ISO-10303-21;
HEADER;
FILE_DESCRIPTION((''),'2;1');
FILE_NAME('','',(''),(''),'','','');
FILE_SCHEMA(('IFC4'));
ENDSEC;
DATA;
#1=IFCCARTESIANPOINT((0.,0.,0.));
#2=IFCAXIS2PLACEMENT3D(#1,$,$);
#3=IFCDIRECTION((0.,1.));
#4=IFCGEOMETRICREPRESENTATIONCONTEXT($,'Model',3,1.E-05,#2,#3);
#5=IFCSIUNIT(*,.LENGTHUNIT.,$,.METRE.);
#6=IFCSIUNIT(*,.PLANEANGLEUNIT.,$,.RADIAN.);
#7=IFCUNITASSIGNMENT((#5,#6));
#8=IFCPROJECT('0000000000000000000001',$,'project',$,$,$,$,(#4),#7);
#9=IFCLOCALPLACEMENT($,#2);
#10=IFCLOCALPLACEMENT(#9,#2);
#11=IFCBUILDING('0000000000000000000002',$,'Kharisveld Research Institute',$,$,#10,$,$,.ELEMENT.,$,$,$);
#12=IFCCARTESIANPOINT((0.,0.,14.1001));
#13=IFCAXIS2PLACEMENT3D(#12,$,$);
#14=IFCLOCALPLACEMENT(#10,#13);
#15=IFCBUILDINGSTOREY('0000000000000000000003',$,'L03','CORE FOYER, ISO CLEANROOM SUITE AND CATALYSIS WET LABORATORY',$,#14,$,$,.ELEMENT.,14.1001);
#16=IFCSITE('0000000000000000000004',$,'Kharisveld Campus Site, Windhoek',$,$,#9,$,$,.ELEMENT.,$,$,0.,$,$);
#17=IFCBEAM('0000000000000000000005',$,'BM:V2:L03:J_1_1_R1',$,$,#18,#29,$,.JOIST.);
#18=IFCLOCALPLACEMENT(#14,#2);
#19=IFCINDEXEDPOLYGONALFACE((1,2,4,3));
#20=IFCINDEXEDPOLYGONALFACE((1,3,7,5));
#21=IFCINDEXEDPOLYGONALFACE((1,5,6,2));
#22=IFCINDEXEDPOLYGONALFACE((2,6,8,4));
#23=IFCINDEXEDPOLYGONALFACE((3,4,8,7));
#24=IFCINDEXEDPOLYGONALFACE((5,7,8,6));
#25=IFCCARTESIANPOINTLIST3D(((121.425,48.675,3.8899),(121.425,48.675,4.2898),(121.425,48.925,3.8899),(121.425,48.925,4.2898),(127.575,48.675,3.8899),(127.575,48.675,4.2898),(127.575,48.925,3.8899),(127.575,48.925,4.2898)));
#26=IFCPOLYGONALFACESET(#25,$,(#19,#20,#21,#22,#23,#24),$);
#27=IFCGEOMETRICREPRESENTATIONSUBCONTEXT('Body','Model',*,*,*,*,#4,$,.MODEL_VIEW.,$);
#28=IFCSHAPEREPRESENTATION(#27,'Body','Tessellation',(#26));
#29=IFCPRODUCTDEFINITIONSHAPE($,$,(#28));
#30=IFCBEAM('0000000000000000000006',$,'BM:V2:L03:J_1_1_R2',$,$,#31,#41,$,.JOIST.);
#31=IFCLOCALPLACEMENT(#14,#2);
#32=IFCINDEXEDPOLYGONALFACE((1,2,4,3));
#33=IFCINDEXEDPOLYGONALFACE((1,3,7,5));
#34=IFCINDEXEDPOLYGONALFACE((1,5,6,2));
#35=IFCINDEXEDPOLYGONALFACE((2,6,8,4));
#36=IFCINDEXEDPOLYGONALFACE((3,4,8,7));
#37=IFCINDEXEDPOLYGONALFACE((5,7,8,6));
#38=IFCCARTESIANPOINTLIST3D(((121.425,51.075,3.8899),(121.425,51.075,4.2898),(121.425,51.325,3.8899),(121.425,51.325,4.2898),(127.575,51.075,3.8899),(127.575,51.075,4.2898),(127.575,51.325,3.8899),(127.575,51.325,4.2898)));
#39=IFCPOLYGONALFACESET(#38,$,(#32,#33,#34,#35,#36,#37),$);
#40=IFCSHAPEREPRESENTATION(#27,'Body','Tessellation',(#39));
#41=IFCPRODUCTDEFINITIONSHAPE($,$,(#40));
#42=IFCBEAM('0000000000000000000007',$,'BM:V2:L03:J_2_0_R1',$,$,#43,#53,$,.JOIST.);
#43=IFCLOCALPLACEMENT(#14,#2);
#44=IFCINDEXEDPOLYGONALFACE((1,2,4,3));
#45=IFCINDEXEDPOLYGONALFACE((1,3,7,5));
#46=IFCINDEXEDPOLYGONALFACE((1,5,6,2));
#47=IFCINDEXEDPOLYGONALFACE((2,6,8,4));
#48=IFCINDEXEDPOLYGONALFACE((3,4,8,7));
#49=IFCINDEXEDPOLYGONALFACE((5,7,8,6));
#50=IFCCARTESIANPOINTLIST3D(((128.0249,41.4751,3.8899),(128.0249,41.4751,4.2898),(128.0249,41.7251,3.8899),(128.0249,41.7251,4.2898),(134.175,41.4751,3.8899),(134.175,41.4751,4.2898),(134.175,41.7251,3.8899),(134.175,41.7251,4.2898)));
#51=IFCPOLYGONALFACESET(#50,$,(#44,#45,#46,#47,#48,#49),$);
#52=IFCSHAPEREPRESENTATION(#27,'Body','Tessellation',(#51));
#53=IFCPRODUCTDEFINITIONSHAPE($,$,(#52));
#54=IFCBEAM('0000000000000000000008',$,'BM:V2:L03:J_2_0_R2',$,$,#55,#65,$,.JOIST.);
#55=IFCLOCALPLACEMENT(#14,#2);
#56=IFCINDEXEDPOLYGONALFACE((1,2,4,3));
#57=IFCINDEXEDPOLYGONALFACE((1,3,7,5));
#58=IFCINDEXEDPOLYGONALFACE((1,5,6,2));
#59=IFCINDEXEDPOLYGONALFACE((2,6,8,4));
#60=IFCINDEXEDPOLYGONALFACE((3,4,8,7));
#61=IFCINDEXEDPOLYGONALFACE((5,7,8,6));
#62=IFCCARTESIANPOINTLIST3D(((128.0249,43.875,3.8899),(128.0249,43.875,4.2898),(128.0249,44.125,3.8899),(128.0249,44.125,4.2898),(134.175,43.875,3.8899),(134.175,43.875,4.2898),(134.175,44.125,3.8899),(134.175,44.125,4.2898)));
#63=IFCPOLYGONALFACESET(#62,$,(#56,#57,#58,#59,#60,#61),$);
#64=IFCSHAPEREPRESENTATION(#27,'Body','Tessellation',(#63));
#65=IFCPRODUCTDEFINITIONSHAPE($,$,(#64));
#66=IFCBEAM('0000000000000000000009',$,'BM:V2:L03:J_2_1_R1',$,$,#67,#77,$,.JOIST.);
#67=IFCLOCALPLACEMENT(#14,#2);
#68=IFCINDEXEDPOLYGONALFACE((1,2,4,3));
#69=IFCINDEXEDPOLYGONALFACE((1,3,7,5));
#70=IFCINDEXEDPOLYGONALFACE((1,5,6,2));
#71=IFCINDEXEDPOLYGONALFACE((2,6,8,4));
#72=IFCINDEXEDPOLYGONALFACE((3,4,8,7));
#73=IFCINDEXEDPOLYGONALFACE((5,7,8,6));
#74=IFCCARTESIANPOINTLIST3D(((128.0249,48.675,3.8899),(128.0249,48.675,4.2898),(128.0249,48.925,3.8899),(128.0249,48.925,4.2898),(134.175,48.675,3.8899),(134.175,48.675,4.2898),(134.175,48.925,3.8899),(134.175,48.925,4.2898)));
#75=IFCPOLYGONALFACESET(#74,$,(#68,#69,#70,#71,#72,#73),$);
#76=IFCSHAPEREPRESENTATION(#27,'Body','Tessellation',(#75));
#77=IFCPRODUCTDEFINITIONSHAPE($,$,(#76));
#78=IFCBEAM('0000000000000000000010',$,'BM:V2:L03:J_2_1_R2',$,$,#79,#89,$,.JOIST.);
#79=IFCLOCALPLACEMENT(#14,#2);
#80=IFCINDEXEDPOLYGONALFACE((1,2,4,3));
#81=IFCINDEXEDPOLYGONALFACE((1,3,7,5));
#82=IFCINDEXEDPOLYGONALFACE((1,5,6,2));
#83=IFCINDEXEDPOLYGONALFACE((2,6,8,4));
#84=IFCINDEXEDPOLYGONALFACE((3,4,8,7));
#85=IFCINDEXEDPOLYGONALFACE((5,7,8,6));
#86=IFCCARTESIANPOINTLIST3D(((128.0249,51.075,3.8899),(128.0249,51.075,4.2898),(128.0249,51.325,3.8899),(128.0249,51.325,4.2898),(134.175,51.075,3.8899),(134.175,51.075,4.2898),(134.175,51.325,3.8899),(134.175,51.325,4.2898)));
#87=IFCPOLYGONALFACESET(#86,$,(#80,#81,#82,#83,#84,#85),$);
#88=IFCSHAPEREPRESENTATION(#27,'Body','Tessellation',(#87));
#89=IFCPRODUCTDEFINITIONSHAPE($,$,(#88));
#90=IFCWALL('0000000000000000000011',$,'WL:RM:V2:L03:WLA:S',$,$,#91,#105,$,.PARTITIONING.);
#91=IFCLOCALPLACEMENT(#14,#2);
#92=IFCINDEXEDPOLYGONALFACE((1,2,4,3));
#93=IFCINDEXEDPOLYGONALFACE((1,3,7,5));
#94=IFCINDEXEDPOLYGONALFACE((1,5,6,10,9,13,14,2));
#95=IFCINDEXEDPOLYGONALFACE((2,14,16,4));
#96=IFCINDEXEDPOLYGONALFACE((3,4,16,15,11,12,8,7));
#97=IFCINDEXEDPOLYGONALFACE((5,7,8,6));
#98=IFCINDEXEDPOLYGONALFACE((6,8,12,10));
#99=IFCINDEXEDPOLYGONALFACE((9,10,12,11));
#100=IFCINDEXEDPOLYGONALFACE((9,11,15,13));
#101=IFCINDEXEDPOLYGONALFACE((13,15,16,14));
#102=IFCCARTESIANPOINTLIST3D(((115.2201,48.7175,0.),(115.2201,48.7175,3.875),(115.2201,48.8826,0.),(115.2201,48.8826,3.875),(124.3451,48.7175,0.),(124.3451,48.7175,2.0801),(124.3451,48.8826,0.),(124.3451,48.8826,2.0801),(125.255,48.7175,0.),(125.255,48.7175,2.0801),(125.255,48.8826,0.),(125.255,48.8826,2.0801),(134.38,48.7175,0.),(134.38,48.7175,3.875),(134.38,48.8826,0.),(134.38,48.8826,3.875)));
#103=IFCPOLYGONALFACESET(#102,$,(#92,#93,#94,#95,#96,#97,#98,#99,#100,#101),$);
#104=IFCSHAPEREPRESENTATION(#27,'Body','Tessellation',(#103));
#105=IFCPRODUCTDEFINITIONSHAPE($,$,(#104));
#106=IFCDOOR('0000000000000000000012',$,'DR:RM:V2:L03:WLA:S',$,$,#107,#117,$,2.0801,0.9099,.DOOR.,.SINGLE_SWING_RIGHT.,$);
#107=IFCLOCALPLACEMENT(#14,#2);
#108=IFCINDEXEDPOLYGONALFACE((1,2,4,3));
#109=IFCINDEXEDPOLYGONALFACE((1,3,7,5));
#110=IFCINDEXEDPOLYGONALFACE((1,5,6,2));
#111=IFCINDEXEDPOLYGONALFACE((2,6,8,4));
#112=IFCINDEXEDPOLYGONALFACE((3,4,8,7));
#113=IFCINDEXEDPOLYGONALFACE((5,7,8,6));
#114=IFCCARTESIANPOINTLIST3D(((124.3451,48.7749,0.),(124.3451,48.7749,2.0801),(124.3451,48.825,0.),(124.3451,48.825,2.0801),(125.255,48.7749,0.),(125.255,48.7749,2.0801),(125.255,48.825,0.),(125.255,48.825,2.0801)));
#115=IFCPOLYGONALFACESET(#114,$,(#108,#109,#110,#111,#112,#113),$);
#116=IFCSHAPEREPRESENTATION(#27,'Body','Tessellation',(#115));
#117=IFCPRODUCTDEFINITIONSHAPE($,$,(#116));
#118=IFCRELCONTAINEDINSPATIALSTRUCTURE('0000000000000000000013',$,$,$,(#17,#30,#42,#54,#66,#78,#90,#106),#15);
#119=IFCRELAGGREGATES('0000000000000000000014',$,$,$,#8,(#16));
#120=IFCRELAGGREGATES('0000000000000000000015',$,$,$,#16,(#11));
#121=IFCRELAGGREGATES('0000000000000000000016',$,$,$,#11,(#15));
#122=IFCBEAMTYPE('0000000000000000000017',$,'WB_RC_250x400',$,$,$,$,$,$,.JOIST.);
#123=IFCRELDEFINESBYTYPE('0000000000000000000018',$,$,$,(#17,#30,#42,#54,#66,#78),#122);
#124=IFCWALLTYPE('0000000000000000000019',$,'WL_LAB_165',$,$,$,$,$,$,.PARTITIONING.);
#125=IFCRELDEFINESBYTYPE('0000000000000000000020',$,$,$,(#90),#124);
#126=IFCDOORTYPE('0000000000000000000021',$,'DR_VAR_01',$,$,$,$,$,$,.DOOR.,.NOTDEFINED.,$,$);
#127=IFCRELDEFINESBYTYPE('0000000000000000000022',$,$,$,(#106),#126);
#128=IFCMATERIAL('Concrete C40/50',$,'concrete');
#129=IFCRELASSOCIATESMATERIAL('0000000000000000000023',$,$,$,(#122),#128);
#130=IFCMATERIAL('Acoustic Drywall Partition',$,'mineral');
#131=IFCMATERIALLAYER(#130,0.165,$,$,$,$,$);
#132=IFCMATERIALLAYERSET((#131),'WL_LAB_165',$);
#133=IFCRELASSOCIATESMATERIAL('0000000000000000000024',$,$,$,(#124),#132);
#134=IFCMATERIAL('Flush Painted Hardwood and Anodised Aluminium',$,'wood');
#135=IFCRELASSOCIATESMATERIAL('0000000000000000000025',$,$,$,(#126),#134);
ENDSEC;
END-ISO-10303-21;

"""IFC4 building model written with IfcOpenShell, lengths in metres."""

from ifc_helpers import new_model, si_unit, direction, frame, frame_2d, origin, origin_2d, place, context, subcontext, project, spatial, rectangle, extrude, material, layer, layer_set, material_profile, profile_set, type_object, element, fill, save


model = new_model("IFC4")

# Units and contexts
model_context = context("Model", 3, precision=1e-05, world=origin(), true_north=direction((0.0, 1.0)))
body_context = subcontext(model_context, "Body", "Model", "MODEL_VIEW")
ifc_project = project(units=[si_unit("LENGTHUNIT", "METRE"), si_unit("PLANEANGLEUNIT", "RADIAN")], contexts=[model_context])

# Site, building, storey
site_placement = place(None, origin())
site = spatial("IfcSite", under=ifc_project, at=site_placement, Name="Kharisveld Campus Site, Windhoek", CompositionType="ELEMENT", RefElevation=0.0)
building_placement = place(site_placement, origin())
building = spatial("IfcBuilding", under=site, at=building_placement, Name="Kharisveld Research Institute", CompositionType="ELEMENT")
storey_placement = place(building_placement, frame((0.0, 0.0, 14.1001)))
storey = spatial("IfcBuildingStorey", under=building, at=storey_placement, Name="L03", Description="CORE FOYER, ISO CLEANROOM SUITE AND CATALYSIS WET LABORATORY", CompositionType="ELEMENT", Elevation=14.1001)

# Beams
ifc_material_1 = material(Name="Concrete C40/50", Category="concrete")
ifc_material_profile_1 = material_profile(ifc_material_1, rectangle(XDim=0.25, YDim=0.3999, at=origin_2d()))
ifc_profile_set_1 = profile_set([ifc_material_profile_1], Name="Concrete C40/50")
beam_type_1 = type_object("IfcBeamType", Name="WB_RC_250x400", PredefinedType="JOIST", material=ifc_profile_set_1)
for number, where, z_axis, x_axis, name in (
    (1, (121.425, 48.8, 4.0898), (1.0, 0.0, 0.0), (0.0, 1.0, 0.0), "BM:V2:L03:J_1_1_R1"),
    (2, (121.425, 51.2, 4.0898), (1.0, 0.0, 0.0), (0.0, 1.0, 0.0), "BM:V2:L03:J_1_1_R2"),
):
    element("IfcBeam", number, at=place(storey_placement, frame(where, z_axis=z_axis, x_axis=x_axis)), inside=storey, type_object=beam_type_1, Name=name, PredefinedType="JOIST", context=body_context, shape_type="SweptSolid", body=[
        extrude(rectangle(XDim=0.25, YDim=0.3999, at=origin_2d()), origin(), (0.0, 0.0, 1.0), 6.1499),
    ])
for number, where, z_axis, x_axis, name in (
    (3, (128.0249, 41.6001, 4.0898), (1.0, 0.0, 0.0), (0.0, 1.0, 0.0), "BM:V2:L03:J_2_0_R1"),
    (4, (128.0249, 44.0, 4.0898), (1.0, 0.0, 0.0), (0.0, 1.0, 0.0), "BM:V2:L03:J_2_0_R2"),
    (5, (128.0249, 48.8, 4.0898), (1.0, 0.0, 0.0), (0.0, 1.0, 0.0), "BM:V2:L03:J_2_1_R1"),
    (6, (128.0249, 51.2, 4.0898), (1.0, 0.0, 0.0), (0.0, 1.0, 0.0), "BM:V2:L03:J_2_1_R2"),
):
    element("IfcBeam", number, at=place(storey_placement, frame(where, z_axis=z_axis, x_axis=x_axis)), inside=storey, type_object=beam_type_1, Name=name, PredefinedType="JOIST", context=body_context, shape_type="SweptSolid", body=[
        extrude(rectangle(XDim=0.25, YDim=0.3999, at=origin_2d()), origin(), (0.0, 0.0, 1.0), 6.1501),
    ])

# Wall, opening, door
ifc_material_2 = material(Name="Acoustic Drywall Partition", Category="mineral")
ifc_layer = layer(ifc_material_2, 0.165)
ifc_layer_set = layer_set([ifc_layer], Name="WL_LAB_165")
wall_type = type_object("IfcWallType", Name="WL_LAB_165", PredefinedType="PARTITIONING", material=ifc_layer_set)
wall_placement = place(storey_placement, frame((115.22, 48.8, 0.0), z_axis=(0.0, 0.0, 1.0), x_axis=(1.0, 0.0, 0.0)))
wall = element("IfcWall", 7, at=wall_placement, inside=storey, type_object=wall_type, Name="WL:RM:V2:L03:WLA:S", PredefinedType="PARTITIONING", context=body_context, shape_type="SweptSolid", body=[
    extrude(rectangle(XDim=19.1599, YDim=0.165, at=frame_2d((9.5801, 0.0))), origin(), (0.0, 0.0, 1.0), 3.875),
])
opening_placement = place(wall_placement, frame((9.125, 0.0, 0.0)))
opening = element("IfcOpeningElement", 8, at=opening_placement, cuts=wall, PredefinedType="OPENING", context=body_context, shape_type="SweptSolid", body=[
    extrude(rectangle(XDim=0.9099, YDim=2.0801, at=frame_2d((0.4551, 1.04))), frame((0.0, 0.0825, 0.0), z_axis=(0.0, -1.0, 0.0), x_axis=(1.0, 0.0, 0.0)), (0.0, 0.0, 1.0), 0.165),
])
ifc_material_3 = material(Name="Flush Painted Hardwood and Anodised Aluminium", Category="wood")
door_type = type_object("IfcDoorType", Name="DR_VAR_01", OperationType="NOTDEFINED", PredefinedType="DOOR", material=ifc_material_3)
door_placement = place(opening_placement, origin())
door = element("IfcDoor", 9, at=door_placement, inside=storey, type_object=door_type, Name="DR:RM:V2:L03:WLA:S", OperationType="SINGLE_SWING_RIGHT", OverallHeight=2.0801, OverallWidth=0.9099, PredefinedType="DOOR", context=body_context, shape_type="SweptSolid", body=[
    extrude(rectangle(XDim=0.9099, YDim=2.0801, at=frame_2d((0.4551, 1.04))), frame((0.0, 0.0249, 0.0), z_axis=(0.0, -1.0, 0.0), x_axis=(1.0, 0.0, 0.0)), (0.0, 0.0, 1.0), 0.05),
])
fill(opening, door)

save(model, "model.ifc")
